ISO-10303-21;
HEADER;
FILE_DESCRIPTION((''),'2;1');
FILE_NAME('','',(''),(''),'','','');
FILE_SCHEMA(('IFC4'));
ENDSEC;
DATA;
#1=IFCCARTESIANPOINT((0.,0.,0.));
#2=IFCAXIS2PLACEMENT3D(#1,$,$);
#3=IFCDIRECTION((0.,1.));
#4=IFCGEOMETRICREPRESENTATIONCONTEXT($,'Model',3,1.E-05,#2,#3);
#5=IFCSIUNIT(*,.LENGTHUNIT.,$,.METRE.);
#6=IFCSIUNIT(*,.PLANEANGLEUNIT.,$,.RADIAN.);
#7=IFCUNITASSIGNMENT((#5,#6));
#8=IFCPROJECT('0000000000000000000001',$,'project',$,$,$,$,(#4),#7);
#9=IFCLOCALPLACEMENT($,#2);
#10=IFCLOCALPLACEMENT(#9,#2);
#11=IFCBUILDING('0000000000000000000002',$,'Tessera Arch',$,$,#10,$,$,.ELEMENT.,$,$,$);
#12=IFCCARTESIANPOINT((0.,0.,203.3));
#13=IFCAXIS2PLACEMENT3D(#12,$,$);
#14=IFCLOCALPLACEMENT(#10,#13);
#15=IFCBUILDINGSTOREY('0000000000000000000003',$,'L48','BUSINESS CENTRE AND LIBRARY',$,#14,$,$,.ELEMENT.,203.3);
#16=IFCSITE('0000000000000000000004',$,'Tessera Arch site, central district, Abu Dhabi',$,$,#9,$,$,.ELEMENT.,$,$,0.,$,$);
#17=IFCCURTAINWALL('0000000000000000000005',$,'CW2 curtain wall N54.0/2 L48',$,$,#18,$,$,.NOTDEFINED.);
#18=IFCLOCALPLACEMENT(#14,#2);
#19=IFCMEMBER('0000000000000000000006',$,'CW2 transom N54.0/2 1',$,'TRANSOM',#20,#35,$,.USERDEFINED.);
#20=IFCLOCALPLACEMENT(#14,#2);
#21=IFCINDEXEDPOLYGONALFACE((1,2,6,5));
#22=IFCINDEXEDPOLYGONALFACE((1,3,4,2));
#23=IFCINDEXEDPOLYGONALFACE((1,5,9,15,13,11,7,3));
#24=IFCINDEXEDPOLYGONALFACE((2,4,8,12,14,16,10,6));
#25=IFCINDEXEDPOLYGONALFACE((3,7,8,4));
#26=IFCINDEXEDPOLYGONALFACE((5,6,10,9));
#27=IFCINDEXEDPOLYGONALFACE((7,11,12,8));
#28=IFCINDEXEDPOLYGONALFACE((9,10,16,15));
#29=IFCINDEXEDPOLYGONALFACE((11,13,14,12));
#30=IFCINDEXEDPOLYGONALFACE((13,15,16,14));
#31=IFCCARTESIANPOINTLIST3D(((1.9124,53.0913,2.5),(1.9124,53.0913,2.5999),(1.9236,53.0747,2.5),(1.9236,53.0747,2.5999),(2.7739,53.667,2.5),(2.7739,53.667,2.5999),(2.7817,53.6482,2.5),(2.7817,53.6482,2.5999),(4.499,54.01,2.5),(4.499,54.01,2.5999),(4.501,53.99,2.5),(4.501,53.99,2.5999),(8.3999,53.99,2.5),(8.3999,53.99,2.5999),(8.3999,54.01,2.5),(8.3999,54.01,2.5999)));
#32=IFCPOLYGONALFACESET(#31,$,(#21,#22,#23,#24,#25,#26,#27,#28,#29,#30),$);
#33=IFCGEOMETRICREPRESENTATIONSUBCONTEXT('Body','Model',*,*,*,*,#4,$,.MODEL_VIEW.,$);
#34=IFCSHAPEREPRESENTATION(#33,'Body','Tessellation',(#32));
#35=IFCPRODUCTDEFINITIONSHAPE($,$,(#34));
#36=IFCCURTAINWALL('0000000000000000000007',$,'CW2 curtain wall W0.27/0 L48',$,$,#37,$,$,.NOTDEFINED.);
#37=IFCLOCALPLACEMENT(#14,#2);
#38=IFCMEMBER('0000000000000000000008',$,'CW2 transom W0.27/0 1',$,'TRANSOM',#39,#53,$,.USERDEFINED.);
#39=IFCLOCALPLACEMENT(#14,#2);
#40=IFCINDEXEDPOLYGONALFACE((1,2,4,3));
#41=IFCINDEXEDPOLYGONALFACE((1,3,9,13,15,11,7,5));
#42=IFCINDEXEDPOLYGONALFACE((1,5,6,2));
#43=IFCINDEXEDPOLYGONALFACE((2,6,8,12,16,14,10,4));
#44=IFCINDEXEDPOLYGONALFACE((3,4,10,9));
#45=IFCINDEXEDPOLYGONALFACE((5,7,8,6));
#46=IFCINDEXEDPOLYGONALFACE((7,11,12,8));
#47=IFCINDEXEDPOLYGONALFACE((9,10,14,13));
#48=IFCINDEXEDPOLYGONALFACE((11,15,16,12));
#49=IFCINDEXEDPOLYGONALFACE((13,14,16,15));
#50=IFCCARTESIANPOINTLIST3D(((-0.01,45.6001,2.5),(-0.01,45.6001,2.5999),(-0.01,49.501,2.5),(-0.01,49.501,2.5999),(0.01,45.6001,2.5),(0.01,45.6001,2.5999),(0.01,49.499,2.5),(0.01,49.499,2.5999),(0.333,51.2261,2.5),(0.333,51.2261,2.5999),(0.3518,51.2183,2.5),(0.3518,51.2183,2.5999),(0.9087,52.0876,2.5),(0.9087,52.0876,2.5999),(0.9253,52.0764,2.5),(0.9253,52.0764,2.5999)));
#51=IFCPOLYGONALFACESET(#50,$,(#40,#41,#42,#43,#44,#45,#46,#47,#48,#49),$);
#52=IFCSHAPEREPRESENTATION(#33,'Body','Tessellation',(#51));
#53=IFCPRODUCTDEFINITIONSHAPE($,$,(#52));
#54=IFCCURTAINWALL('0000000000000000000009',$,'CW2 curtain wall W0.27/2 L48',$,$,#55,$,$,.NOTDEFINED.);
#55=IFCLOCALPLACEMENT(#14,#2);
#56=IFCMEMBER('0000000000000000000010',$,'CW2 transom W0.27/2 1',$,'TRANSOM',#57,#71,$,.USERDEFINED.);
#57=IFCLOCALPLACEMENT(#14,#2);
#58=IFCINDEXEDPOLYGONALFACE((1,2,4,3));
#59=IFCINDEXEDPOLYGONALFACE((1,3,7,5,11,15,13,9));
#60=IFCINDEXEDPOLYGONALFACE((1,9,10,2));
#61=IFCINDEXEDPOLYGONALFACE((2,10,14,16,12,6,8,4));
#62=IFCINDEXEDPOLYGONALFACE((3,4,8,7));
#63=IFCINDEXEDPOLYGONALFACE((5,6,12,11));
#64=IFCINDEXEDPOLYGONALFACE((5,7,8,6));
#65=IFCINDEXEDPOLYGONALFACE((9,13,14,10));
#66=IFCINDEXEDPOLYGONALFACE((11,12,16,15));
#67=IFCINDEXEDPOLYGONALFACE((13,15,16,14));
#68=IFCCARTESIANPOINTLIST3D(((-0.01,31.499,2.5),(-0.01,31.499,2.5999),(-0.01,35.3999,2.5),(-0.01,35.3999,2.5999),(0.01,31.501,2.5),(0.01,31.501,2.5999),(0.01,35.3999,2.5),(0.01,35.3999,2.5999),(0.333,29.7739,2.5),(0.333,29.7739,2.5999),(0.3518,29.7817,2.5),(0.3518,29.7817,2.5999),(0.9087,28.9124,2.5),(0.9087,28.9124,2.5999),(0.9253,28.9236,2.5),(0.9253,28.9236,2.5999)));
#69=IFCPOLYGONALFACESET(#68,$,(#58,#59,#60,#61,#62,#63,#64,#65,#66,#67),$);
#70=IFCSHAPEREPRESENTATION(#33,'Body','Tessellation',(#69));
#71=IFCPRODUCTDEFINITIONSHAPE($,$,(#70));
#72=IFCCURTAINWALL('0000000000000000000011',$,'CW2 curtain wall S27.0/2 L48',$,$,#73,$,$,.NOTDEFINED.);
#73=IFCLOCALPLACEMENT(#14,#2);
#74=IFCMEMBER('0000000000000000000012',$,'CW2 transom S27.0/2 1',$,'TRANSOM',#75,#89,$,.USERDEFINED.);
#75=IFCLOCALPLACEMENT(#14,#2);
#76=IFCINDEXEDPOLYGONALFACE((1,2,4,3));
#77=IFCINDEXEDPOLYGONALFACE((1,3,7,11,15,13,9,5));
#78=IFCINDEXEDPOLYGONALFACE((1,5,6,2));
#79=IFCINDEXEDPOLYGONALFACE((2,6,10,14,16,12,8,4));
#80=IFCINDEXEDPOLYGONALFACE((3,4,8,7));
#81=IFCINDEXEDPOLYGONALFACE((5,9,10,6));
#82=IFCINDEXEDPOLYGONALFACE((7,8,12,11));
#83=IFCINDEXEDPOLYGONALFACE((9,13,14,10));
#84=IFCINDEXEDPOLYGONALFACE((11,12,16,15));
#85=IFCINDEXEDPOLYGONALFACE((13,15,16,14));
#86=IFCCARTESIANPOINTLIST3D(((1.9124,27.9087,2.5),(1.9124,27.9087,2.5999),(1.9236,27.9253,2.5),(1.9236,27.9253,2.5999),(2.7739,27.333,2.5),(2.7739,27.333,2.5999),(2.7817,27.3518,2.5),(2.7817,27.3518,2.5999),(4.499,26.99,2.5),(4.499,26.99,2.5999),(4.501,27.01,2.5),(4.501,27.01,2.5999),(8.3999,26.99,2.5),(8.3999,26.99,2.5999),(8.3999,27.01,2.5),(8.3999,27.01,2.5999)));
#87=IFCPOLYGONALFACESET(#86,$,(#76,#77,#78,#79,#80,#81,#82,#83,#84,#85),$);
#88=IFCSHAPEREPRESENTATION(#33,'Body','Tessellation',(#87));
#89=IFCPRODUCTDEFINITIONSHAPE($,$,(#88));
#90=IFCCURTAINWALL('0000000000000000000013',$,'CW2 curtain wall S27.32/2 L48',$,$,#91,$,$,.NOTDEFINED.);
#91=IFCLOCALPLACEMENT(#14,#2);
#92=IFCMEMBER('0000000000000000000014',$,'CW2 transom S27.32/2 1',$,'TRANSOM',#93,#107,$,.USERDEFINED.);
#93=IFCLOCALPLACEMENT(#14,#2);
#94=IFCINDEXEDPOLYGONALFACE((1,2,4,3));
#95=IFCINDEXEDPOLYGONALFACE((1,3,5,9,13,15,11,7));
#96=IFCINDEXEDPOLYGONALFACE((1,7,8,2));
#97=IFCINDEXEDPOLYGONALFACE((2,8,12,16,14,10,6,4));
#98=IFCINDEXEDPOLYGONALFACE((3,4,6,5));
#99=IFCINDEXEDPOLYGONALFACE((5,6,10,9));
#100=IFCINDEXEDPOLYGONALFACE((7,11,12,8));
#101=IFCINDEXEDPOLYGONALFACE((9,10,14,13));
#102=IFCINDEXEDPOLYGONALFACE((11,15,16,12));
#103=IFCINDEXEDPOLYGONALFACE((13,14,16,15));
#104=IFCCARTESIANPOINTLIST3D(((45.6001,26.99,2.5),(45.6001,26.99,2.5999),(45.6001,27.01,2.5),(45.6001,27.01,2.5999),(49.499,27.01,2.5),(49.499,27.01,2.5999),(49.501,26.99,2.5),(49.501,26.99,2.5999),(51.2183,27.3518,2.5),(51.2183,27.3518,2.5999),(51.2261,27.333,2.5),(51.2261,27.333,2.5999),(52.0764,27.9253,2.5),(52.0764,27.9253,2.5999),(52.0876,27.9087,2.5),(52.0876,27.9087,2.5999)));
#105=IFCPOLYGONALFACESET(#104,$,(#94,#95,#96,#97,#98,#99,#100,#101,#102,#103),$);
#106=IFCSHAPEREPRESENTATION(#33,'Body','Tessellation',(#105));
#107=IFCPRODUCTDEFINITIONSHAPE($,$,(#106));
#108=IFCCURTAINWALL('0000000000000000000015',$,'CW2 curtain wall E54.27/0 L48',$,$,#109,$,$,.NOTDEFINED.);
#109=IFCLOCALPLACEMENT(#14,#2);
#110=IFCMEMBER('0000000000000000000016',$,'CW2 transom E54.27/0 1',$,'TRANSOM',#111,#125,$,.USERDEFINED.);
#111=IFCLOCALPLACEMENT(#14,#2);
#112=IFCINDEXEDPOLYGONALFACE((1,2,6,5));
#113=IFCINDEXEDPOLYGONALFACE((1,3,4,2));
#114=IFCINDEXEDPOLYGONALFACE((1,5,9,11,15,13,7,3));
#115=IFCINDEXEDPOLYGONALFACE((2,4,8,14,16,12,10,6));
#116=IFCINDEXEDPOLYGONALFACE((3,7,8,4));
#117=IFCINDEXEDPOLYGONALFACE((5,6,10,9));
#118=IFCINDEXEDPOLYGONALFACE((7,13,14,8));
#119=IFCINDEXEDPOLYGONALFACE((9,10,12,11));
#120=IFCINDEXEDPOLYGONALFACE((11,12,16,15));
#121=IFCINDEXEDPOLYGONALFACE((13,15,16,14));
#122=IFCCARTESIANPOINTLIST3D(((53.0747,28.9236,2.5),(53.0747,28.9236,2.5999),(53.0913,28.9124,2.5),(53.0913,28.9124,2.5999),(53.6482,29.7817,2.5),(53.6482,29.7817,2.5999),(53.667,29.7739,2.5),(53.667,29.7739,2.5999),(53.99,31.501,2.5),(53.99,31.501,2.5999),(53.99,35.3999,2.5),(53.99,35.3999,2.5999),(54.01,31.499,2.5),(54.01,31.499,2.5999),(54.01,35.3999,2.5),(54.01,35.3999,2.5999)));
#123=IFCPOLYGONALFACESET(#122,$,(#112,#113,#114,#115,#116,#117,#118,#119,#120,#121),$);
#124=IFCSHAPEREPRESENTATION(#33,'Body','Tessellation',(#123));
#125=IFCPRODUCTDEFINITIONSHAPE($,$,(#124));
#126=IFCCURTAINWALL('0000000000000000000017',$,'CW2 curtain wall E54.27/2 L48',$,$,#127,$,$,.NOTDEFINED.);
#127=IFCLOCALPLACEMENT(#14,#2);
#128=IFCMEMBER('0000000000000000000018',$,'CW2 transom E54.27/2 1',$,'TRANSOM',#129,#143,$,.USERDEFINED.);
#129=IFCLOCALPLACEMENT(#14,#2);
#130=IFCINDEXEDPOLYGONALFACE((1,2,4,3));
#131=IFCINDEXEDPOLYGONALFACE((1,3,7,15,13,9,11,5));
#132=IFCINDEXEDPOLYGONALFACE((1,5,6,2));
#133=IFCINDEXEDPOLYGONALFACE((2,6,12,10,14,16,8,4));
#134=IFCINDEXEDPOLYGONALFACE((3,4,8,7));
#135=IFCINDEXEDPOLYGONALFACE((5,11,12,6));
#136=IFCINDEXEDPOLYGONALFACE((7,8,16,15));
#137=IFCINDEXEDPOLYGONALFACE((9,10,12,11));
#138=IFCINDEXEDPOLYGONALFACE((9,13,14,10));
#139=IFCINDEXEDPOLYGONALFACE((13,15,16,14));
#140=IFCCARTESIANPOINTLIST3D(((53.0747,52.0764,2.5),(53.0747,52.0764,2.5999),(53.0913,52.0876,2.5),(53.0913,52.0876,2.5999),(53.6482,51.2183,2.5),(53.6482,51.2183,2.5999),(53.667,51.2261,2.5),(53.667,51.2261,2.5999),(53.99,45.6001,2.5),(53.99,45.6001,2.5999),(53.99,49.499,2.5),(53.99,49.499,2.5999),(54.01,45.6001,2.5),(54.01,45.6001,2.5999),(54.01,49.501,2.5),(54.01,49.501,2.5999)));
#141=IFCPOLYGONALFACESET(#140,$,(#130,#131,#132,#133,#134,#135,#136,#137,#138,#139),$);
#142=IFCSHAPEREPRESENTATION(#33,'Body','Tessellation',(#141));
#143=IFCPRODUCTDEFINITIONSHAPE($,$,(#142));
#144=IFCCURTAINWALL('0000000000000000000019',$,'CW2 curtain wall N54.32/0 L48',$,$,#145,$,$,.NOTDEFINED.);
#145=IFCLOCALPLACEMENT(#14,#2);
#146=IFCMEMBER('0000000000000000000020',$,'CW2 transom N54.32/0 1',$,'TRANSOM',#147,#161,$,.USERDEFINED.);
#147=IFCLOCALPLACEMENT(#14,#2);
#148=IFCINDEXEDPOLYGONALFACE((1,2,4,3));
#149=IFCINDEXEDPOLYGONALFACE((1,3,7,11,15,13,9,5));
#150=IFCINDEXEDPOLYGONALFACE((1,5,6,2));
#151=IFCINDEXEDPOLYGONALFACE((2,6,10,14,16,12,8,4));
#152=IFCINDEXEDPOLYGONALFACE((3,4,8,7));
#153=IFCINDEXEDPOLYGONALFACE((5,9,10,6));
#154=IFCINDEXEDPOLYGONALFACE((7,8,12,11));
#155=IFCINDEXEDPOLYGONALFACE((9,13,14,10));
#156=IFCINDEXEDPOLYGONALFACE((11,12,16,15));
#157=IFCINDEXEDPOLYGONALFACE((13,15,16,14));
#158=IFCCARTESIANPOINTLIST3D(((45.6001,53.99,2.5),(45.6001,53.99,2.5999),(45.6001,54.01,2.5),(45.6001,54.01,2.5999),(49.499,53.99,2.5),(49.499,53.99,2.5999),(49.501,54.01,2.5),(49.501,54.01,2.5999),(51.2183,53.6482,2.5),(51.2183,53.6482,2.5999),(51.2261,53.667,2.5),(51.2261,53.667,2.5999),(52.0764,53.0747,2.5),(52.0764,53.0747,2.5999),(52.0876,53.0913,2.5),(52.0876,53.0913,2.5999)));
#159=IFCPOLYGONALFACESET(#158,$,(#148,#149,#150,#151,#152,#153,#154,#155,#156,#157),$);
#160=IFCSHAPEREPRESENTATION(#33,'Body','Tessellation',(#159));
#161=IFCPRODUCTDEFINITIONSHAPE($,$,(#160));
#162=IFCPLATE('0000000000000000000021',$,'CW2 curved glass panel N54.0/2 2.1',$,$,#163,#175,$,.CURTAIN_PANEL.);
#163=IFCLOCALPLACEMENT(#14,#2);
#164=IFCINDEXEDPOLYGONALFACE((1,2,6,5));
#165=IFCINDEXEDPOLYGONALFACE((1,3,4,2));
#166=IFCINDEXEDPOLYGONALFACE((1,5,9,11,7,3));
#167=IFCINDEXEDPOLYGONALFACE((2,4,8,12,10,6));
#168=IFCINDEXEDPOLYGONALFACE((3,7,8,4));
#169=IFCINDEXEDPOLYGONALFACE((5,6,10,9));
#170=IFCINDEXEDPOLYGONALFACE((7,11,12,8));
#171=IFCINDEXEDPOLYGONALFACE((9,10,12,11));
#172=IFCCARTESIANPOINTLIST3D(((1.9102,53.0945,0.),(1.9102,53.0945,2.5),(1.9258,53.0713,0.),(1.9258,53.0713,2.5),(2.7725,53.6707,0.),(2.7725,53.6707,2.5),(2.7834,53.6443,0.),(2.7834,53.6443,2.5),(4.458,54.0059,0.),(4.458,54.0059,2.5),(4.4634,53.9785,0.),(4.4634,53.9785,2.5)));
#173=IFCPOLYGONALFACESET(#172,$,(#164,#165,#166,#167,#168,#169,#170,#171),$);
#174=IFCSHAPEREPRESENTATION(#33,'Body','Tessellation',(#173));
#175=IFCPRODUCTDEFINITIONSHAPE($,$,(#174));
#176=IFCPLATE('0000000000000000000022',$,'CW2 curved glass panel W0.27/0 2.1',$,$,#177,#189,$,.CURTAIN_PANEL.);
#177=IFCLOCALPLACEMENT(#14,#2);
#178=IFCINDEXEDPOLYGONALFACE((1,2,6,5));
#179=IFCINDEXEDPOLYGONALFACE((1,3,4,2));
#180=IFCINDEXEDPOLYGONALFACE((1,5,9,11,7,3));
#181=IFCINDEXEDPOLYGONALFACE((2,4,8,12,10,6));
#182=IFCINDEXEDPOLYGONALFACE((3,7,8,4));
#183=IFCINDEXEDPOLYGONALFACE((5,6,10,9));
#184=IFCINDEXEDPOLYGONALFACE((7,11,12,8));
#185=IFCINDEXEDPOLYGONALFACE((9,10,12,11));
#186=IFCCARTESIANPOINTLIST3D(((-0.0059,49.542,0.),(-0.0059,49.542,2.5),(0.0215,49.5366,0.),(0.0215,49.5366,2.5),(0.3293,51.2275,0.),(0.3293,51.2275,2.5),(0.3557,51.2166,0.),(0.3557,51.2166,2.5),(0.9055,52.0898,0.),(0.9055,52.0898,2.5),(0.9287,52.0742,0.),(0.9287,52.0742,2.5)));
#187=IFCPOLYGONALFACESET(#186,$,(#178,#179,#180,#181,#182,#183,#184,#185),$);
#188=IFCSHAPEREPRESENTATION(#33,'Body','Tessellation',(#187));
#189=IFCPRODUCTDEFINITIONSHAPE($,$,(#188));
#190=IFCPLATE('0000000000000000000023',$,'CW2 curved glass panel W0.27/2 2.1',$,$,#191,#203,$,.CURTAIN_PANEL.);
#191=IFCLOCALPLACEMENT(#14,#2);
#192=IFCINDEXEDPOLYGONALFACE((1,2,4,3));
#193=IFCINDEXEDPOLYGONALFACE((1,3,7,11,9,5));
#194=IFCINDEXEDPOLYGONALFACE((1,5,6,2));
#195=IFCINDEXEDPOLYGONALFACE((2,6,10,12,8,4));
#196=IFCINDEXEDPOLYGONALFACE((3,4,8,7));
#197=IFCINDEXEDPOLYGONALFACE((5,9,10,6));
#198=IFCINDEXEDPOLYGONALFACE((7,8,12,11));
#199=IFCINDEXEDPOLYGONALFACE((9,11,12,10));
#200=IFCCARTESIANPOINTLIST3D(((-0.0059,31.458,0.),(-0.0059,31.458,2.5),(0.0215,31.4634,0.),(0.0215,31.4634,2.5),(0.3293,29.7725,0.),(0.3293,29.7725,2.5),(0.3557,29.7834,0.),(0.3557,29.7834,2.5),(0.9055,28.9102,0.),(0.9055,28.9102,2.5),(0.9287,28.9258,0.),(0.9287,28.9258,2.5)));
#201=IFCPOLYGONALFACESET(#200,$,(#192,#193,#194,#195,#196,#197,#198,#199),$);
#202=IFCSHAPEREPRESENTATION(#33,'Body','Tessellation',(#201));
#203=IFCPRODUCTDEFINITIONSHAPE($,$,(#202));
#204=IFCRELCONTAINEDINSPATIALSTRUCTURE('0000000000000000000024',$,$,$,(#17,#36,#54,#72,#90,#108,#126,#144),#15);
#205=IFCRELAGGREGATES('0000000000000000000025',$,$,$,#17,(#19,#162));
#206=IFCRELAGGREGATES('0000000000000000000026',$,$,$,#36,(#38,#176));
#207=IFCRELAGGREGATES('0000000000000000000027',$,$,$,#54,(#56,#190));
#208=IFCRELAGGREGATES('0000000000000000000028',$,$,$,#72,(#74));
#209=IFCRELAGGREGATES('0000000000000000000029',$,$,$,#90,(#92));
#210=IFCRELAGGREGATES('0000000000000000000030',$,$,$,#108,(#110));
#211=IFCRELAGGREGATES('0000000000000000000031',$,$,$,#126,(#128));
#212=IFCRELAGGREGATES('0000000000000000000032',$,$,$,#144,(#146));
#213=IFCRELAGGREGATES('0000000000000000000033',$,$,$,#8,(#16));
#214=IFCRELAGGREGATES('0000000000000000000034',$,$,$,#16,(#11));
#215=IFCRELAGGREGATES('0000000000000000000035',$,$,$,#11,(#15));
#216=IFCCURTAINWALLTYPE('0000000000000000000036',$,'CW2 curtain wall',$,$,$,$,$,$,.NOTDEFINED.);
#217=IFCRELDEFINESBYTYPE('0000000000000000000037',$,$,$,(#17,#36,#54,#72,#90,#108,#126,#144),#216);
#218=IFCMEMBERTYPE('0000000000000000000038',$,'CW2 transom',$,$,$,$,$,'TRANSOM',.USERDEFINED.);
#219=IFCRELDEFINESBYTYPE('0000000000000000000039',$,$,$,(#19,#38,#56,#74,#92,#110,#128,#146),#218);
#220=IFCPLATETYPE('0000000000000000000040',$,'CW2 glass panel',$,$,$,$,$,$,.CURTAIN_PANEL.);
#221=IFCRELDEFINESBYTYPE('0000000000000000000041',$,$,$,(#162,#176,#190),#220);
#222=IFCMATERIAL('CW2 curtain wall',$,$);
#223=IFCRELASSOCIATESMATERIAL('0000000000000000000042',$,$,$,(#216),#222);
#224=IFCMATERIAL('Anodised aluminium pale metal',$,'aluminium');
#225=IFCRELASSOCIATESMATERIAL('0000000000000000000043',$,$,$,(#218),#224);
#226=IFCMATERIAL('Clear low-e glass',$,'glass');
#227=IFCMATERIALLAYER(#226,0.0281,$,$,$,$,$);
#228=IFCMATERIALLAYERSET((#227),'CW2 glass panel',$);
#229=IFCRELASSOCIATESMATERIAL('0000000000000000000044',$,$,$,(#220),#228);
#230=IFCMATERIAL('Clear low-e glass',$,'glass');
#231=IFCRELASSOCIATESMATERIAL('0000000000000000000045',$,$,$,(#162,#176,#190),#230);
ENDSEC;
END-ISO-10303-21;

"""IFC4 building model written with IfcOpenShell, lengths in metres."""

from ifc_helpers import new_model, si_unit, direction, frame, origin, origin_2d, place, context, subcontext, project, spatial, polyline, rectangle, outline, extrude, material, layer, layer_set, material_profile, profile_set, type_object, element, aggregate, save


model = new_model("IFC4")

# Units and contexts
model_context = context("Model", 3, precision=1e-05, world=origin(), true_north=direction((0.0, 1.0)))
body_context = subcontext(model_context, "Body", "Model", "MODEL_VIEW")
ifc_project = project(units=[si_unit("LENGTHUNIT", "METRE"), si_unit("PLANEANGLEUNIT", "RADIAN")], contexts=[model_context])

# Site, building, storey
site_placement = place(None, origin())
site = spatial("IfcSite", under=ifc_project, at=site_placement, Name="Tessera Arch site, central district, Abu Dhabi", CompositionType="ELEMENT", RefElevation=0.0)
building_placement = place(site_placement, origin())
building = spatial("IfcBuilding", under=site, at=building_placement, Name="Tessera Arch", CompositionType="ELEMENT")
storey_placement = place(building_placement, frame((0.0, 0.0, 203.3)))
storey = spatial("IfcBuildingStorey", under=building, at=storey_placement, Name="L48", Description="BUSINESS CENTRE AND LIBRARY", CompositionType="ELEMENT", Elevation=203.3)

# Curtain walls, members
ifc_material_1 = material(Name="CW2 curtain wall")
curtain_wall_type = type_object("IfcCurtainWallType", Name="CW2 curtain wall", PredefinedType="NOTDEFINED", material=ifc_material_1)
curtain_wall_1_placement = place(storey_placement, origin())
curtain_wall_1 = element("IfcCurtainWall", 1, at=curtain_wall_1_placement, inside=storey, type_object=curtain_wall_type, Name="CW2 curtain wall N54.0/2 L48", PredefinedType="NOTDEFINED")
ifc_material_2 = material(Name="Anodised aluminium pale metal", Category="aluminium")
ifc_material_profile = material_profile(ifc_material_2, rectangle(XDim=0.2, YDim=0.1001, at=origin_2d()), Name="AL 200x100")
ifc_profile_set = profile_set([ifc_material_profile], Name="Anodised aluminium pale metal")
member_type = type_object("IfcMemberType", Name="CW2 transom", ElementType="TRANSOM", PredefinedType="USERDEFINED", material=ifc_profile_set)
member_1_placement = place(storey_placement, frame((0.0, 0.0, 2.5)))
member_1 = element("IfcMember", 2, at=member_1_placement, type_object=member_type, Name="CW2 transom N54.0/2 1", ObjectType="TRANSOM", PredefinedType="USERDEFINED", context=body_context, shape_type="SweptSolid", body=[
    extrude(outline(polyline([(4.501, 53.99), (8.3999, 53.99), (8.3999, 54.01), (4.499, 54.01), (2.7739, 53.667), (1.9124, 53.0913), (1.9236, 53.0747), (2.7817, 53.6482), (4.501, 53.99)])), origin(), (0.0, 0.0, 1.0), 0.0999),
])
curtain_wall_2_placement = place(storey_placement, origin())
curtain_wall_2 = element("IfcCurtainWall", 3, at=curtain_wall_2_placement, inside=storey, type_object=curtain_wall_type, Name="CW2 curtain wall W0.27/0 L48", PredefinedType="NOTDEFINED")
member_2_placement = place(storey_placement, frame((0.0, 0.0, 2.5)))
member_2 = element("IfcMember", 4, at=member_2_placement, type_object=member_type, Name="CW2 transom W0.27/0 1", ObjectType="TRANSOM", PredefinedType="USERDEFINED", context=body_context, shape_type="SweptSolid", body=[
    extrude(outline(polyline([(0.3518, 51.2183), (0.9253, 52.0764), (0.9087, 52.0876), (0.333, 51.2261), (-0.01, 49.501), (-0.01, 45.6001), (0.01, 45.6001), (0.01, 49.499), (0.3518, 51.2183)])), origin(), (0.0, 0.0, 1.0), 0.0999),
])
curtain_wall_3_placement = place(storey_placement, origin())
curtain_wall_3 = element("IfcCurtainWall", 5, at=curtain_wall_3_placement, inside=storey, type_object=curtain_wall_type, Name="CW2 curtain wall W0.27/2 L48", PredefinedType="NOTDEFINED")
member_3_placement = place(storey_placement, frame((0.0, 0.0, 2.5)))
member_3 = element("IfcMember", 6, at=member_3_placement, type_object=member_type, Name="CW2 transom W0.27/2 1", ObjectType="TRANSOM", PredefinedType="USERDEFINED", context=body_context, shape_type="SweptSolid", body=[
    extrude(outline(polyline([(0.01, 31.501), (0.01, 35.3999), (-0.01, 35.3999), (-0.01, 31.499), (0.333, 29.7739), (0.9087, 28.9124), (0.9253, 28.9236), (0.3518, 29.7817), (0.01, 31.501)])), origin(), (0.0, 0.0, 1.0), 0.0999),
])
curtain_wall_4_placement = place(storey_placement, origin())
curtain_wall_4 = element("IfcCurtainWall", 7, at=curtain_wall_4_placement, inside=storey, type_object=curtain_wall_type, Name="CW2 curtain wall S27.0/2 L48", PredefinedType="NOTDEFINED")
member_4_placement = place(storey_placement, frame((0.0, 0.0, 2.5)))
member_4 = element("IfcMember", 8, at=member_4_placement, type_object=member_type, Name="CW2 transom S27.0/2 1", ObjectType="TRANSOM", PredefinedType="USERDEFINED", context=body_context, shape_type="SweptSolid", body=[
    extrude(outline(polyline([(2.7817, 27.3518), (1.9236, 27.9253), (1.9124, 27.9087), (2.7739, 27.333), (4.499, 26.99), (8.3999, 26.99), (8.3999, 27.01), (4.501, 27.01), (2.7817, 27.3518)])), origin(), (0.0, 0.0, 1.0), 0.0999),
])
curtain_wall_5_placement = place(storey_placement, origin())
curtain_wall_5 = element("IfcCurtainWall", 9, at=curtain_wall_5_placement, inside=storey, type_object=curtain_wall_type, Name="CW2 curtain wall S27.32/2 L48", PredefinedType="NOTDEFINED")
member_5_placement = place(storey_placement, frame((0.0, 0.0, 2.5)))
member_5 = element("IfcMember", 10, at=member_5_placement, type_object=member_type, Name="CW2 transom S27.32/2 1", ObjectType="TRANSOM", PredefinedType="USERDEFINED", context=body_context, shape_type="SweptSolid", body=[
    extrude(outline(polyline([(49.499, 27.01), (45.6001, 27.01), (45.6001, 26.99), (49.501, 26.99), (51.2261, 27.333), (52.0876, 27.9087), (52.0764, 27.9253), (51.2183, 27.3518), (49.499, 27.01)])), origin(), (0.0, 0.0, 1.0), 0.0999),
])
curtain_wall_6_placement = place(storey_placement, origin())
curtain_wall_6 = element("IfcCurtainWall", 11, at=curtain_wall_6_placement, inside=storey, type_object=curtain_wall_type, Name="CW2 curtain wall E54.27/0 L48", PredefinedType="NOTDEFINED")
member_6_placement = place(storey_placement, frame((0.0, 0.0, 2.5)))
member_6 = element("IfcMember", 12, at=member_6_placement, type_object=member_type, Name="CW2 transom E54.27/0 1", ObjectType="TRANSOM", PredefinedType="USERDEFINED", context=body_context, shape_type="SweptSolid", body=[
    extrude(outline(polyline([(53.6482, 29.7817), (53.0747, 28.9236), (53.0913, 28.9124), (53.667, 29.7739), (54.01, 31.499), (54.01, 35.3999), (53.99, 35.3999), (53.99, 31.501), (53.6482, 29.7817)])), origin(), (0.0, 0.0, 1.0), 0.0999),
])
curtain_wall_7_placement = place(storey_placement, origin())
curtain_wall_7 = element("IfcCurtainWall", 13, at=curtain_wall_7_placement, inside=storey, type_object=curtain_wall_type, Name="CW2 curtain wall E54.27/2 L48", PredefinedType="NOTDEFINED")
member_7_placement = place(storey_placement, frame((0.0, 0.0, 2.5)))
member_7 = element("IfcMember", 14, at=member_7_placement, type_object=member_type, Name="CW2 transom E54.27/2 1", ObjectType="TRANSOM", PredefinedType="USERDEFINED", context=body_context, shape_type="SweptSolid", body=[
    extrude(outline(polyline([(53.99, 49.499), (53.99, 45.6001), (54.01, 45.6001), (54.01, 49.501), (53.667, 51.2261), (53.0913, 52.0876), (53.0747, 52.0764), (53.6482, 51.2183), (53.99, 49.499)])), origin(), (0.0, 0.0, 1.0), 0.0999),
])
curtain_wall_8_placement = place(storey_placement, origin())
curtain_wall_8 = element("IfcCurtainWall", 15, at=curtain_wall_8_placement, inside=storey, type_object=curtain_wall_type, Name="CW2 curtain wall N54.32/0 L48", PredefinedType="NOTDEFINED")
member_8_placement = place(storey_placement, frame((0.0, 0.0, 2.5)))
member_8 = element("IfcMember", 16, at=member_8_placement, type_object=member_type, Name="CW2 transom N54.32/0 1", ObjectType="TRANSOM", PredefinedType="USERDEFINED", context=body_context, shape_type="SweptSolid", body=[
    extrude(outline(polyline([(51.2183, 53.6482), (52.0764, 53.0747), (52.0876, 53.0913), (51.2261, 53.667), (49.501, 54.01), (45.6001, 54.01), (45.6001, 53.99), (49.499, 53.99), (51.2183, 53.6482)])), origin(), (0.0, 0.0, 1.0), 0.0999),
])

# Plates
ifc_material_3 = material(Name="Clear low-e glass", Category="glass")
ifc_material_4 = material(Name="Clear low-e glass", Category="glass")
ifc_layer_1 = layer(ifc_material_4, 0.0281)
ifc_layer_set_1 = layer_set([ifc_layer_1], Name="CW2 glass panel")
plate_type_1 = type_object("IfcPlateType", Name="CW2 glass panel", PredefinedType="CURTAIN_PANEL", material=ifc_layer_set_1)
plate_1_placement = place(storey_placement, origin())
plate_1 = element("IfcPlate", 17, at=plate_1_placement, type_object=plate_type_1, material=ifc_material_3, Name="CW2 curved glass panel N54.0/2 2.1", PredefinedType="CURTAIN_PANEL", context=body_context, shape_type="SweptSolid", body=[
    extrude(outline(polyline([(2.7834, 53.6443), (4.4634, 53.9785), (4.458, 54.0059), (2.7725, 53.6707), (1.9102, 53.0945), (1.9258, 53.0713), (2.7834, 53.6443)])), origin(), (0.0, 0.0, 1.0), 2.5),
])
plate_2_placement = place(storey_placement, origin())
plate_2 = element("IfcPlate", 18, at=plate_2_placement, type_object=plate_type_1, material=ifc_material_3, Name="CW2 curved glass panel W0.27/0 2.1", PredefinedType="CURTAIN_PANEL", context=body_context, shape_type="SweptSolid", body=[
    extrude(outline(polyline([(0.3557, 51.2166), (0.9287, 52.0742), (0.9055, 52.0898), (0.3293, 51.2275), (-0.0059, 49.542), (0.0215, 49.5366), (0.3557, 51.2166)])), origin(), (0.0, 0.0, 1.0), 2.5),
])
plate_3_placement = place(storey_placement, origin())
plate_3 = element("IfcPlate", 19, at=plate_3_placement, type_object=plate_type_1, material=ifc_material_3, Name="CW2 curved glass panel W0.27/2 2.1", PredefinedType="CURTAIN_PANEL", context=body_context, shape_type="SweptSolid", body=[
    extrude(outline(polyline([(0.3557, 29.7834), (0.0215, 31.4634), (-0.0059, 31.458), (0.3293, 29.7725), (0.9055, 28.9102), (0.9287, 28.9258), (0.3557, 29.7834)])), origin(), (0.0, 0.0, 1.0), 2.5),
])
aggregate(curtain_wall_1, [member_1, plate_1])
aggregate(curtain_wall_2, [member_2, plate_2])
aggregate(curtain_wall_3, [member_3, plate_3])
aggregate(curtain_wall_4, [member_4])
aggregate(curtain_wall_5, [member_5])
aggregate(curtain_wall_6, [member_6])
aggregate(curtain_wall_7, [member_7])
aggregate(curtain_wall_8, [member_8])

save(model, "model.ifc")
